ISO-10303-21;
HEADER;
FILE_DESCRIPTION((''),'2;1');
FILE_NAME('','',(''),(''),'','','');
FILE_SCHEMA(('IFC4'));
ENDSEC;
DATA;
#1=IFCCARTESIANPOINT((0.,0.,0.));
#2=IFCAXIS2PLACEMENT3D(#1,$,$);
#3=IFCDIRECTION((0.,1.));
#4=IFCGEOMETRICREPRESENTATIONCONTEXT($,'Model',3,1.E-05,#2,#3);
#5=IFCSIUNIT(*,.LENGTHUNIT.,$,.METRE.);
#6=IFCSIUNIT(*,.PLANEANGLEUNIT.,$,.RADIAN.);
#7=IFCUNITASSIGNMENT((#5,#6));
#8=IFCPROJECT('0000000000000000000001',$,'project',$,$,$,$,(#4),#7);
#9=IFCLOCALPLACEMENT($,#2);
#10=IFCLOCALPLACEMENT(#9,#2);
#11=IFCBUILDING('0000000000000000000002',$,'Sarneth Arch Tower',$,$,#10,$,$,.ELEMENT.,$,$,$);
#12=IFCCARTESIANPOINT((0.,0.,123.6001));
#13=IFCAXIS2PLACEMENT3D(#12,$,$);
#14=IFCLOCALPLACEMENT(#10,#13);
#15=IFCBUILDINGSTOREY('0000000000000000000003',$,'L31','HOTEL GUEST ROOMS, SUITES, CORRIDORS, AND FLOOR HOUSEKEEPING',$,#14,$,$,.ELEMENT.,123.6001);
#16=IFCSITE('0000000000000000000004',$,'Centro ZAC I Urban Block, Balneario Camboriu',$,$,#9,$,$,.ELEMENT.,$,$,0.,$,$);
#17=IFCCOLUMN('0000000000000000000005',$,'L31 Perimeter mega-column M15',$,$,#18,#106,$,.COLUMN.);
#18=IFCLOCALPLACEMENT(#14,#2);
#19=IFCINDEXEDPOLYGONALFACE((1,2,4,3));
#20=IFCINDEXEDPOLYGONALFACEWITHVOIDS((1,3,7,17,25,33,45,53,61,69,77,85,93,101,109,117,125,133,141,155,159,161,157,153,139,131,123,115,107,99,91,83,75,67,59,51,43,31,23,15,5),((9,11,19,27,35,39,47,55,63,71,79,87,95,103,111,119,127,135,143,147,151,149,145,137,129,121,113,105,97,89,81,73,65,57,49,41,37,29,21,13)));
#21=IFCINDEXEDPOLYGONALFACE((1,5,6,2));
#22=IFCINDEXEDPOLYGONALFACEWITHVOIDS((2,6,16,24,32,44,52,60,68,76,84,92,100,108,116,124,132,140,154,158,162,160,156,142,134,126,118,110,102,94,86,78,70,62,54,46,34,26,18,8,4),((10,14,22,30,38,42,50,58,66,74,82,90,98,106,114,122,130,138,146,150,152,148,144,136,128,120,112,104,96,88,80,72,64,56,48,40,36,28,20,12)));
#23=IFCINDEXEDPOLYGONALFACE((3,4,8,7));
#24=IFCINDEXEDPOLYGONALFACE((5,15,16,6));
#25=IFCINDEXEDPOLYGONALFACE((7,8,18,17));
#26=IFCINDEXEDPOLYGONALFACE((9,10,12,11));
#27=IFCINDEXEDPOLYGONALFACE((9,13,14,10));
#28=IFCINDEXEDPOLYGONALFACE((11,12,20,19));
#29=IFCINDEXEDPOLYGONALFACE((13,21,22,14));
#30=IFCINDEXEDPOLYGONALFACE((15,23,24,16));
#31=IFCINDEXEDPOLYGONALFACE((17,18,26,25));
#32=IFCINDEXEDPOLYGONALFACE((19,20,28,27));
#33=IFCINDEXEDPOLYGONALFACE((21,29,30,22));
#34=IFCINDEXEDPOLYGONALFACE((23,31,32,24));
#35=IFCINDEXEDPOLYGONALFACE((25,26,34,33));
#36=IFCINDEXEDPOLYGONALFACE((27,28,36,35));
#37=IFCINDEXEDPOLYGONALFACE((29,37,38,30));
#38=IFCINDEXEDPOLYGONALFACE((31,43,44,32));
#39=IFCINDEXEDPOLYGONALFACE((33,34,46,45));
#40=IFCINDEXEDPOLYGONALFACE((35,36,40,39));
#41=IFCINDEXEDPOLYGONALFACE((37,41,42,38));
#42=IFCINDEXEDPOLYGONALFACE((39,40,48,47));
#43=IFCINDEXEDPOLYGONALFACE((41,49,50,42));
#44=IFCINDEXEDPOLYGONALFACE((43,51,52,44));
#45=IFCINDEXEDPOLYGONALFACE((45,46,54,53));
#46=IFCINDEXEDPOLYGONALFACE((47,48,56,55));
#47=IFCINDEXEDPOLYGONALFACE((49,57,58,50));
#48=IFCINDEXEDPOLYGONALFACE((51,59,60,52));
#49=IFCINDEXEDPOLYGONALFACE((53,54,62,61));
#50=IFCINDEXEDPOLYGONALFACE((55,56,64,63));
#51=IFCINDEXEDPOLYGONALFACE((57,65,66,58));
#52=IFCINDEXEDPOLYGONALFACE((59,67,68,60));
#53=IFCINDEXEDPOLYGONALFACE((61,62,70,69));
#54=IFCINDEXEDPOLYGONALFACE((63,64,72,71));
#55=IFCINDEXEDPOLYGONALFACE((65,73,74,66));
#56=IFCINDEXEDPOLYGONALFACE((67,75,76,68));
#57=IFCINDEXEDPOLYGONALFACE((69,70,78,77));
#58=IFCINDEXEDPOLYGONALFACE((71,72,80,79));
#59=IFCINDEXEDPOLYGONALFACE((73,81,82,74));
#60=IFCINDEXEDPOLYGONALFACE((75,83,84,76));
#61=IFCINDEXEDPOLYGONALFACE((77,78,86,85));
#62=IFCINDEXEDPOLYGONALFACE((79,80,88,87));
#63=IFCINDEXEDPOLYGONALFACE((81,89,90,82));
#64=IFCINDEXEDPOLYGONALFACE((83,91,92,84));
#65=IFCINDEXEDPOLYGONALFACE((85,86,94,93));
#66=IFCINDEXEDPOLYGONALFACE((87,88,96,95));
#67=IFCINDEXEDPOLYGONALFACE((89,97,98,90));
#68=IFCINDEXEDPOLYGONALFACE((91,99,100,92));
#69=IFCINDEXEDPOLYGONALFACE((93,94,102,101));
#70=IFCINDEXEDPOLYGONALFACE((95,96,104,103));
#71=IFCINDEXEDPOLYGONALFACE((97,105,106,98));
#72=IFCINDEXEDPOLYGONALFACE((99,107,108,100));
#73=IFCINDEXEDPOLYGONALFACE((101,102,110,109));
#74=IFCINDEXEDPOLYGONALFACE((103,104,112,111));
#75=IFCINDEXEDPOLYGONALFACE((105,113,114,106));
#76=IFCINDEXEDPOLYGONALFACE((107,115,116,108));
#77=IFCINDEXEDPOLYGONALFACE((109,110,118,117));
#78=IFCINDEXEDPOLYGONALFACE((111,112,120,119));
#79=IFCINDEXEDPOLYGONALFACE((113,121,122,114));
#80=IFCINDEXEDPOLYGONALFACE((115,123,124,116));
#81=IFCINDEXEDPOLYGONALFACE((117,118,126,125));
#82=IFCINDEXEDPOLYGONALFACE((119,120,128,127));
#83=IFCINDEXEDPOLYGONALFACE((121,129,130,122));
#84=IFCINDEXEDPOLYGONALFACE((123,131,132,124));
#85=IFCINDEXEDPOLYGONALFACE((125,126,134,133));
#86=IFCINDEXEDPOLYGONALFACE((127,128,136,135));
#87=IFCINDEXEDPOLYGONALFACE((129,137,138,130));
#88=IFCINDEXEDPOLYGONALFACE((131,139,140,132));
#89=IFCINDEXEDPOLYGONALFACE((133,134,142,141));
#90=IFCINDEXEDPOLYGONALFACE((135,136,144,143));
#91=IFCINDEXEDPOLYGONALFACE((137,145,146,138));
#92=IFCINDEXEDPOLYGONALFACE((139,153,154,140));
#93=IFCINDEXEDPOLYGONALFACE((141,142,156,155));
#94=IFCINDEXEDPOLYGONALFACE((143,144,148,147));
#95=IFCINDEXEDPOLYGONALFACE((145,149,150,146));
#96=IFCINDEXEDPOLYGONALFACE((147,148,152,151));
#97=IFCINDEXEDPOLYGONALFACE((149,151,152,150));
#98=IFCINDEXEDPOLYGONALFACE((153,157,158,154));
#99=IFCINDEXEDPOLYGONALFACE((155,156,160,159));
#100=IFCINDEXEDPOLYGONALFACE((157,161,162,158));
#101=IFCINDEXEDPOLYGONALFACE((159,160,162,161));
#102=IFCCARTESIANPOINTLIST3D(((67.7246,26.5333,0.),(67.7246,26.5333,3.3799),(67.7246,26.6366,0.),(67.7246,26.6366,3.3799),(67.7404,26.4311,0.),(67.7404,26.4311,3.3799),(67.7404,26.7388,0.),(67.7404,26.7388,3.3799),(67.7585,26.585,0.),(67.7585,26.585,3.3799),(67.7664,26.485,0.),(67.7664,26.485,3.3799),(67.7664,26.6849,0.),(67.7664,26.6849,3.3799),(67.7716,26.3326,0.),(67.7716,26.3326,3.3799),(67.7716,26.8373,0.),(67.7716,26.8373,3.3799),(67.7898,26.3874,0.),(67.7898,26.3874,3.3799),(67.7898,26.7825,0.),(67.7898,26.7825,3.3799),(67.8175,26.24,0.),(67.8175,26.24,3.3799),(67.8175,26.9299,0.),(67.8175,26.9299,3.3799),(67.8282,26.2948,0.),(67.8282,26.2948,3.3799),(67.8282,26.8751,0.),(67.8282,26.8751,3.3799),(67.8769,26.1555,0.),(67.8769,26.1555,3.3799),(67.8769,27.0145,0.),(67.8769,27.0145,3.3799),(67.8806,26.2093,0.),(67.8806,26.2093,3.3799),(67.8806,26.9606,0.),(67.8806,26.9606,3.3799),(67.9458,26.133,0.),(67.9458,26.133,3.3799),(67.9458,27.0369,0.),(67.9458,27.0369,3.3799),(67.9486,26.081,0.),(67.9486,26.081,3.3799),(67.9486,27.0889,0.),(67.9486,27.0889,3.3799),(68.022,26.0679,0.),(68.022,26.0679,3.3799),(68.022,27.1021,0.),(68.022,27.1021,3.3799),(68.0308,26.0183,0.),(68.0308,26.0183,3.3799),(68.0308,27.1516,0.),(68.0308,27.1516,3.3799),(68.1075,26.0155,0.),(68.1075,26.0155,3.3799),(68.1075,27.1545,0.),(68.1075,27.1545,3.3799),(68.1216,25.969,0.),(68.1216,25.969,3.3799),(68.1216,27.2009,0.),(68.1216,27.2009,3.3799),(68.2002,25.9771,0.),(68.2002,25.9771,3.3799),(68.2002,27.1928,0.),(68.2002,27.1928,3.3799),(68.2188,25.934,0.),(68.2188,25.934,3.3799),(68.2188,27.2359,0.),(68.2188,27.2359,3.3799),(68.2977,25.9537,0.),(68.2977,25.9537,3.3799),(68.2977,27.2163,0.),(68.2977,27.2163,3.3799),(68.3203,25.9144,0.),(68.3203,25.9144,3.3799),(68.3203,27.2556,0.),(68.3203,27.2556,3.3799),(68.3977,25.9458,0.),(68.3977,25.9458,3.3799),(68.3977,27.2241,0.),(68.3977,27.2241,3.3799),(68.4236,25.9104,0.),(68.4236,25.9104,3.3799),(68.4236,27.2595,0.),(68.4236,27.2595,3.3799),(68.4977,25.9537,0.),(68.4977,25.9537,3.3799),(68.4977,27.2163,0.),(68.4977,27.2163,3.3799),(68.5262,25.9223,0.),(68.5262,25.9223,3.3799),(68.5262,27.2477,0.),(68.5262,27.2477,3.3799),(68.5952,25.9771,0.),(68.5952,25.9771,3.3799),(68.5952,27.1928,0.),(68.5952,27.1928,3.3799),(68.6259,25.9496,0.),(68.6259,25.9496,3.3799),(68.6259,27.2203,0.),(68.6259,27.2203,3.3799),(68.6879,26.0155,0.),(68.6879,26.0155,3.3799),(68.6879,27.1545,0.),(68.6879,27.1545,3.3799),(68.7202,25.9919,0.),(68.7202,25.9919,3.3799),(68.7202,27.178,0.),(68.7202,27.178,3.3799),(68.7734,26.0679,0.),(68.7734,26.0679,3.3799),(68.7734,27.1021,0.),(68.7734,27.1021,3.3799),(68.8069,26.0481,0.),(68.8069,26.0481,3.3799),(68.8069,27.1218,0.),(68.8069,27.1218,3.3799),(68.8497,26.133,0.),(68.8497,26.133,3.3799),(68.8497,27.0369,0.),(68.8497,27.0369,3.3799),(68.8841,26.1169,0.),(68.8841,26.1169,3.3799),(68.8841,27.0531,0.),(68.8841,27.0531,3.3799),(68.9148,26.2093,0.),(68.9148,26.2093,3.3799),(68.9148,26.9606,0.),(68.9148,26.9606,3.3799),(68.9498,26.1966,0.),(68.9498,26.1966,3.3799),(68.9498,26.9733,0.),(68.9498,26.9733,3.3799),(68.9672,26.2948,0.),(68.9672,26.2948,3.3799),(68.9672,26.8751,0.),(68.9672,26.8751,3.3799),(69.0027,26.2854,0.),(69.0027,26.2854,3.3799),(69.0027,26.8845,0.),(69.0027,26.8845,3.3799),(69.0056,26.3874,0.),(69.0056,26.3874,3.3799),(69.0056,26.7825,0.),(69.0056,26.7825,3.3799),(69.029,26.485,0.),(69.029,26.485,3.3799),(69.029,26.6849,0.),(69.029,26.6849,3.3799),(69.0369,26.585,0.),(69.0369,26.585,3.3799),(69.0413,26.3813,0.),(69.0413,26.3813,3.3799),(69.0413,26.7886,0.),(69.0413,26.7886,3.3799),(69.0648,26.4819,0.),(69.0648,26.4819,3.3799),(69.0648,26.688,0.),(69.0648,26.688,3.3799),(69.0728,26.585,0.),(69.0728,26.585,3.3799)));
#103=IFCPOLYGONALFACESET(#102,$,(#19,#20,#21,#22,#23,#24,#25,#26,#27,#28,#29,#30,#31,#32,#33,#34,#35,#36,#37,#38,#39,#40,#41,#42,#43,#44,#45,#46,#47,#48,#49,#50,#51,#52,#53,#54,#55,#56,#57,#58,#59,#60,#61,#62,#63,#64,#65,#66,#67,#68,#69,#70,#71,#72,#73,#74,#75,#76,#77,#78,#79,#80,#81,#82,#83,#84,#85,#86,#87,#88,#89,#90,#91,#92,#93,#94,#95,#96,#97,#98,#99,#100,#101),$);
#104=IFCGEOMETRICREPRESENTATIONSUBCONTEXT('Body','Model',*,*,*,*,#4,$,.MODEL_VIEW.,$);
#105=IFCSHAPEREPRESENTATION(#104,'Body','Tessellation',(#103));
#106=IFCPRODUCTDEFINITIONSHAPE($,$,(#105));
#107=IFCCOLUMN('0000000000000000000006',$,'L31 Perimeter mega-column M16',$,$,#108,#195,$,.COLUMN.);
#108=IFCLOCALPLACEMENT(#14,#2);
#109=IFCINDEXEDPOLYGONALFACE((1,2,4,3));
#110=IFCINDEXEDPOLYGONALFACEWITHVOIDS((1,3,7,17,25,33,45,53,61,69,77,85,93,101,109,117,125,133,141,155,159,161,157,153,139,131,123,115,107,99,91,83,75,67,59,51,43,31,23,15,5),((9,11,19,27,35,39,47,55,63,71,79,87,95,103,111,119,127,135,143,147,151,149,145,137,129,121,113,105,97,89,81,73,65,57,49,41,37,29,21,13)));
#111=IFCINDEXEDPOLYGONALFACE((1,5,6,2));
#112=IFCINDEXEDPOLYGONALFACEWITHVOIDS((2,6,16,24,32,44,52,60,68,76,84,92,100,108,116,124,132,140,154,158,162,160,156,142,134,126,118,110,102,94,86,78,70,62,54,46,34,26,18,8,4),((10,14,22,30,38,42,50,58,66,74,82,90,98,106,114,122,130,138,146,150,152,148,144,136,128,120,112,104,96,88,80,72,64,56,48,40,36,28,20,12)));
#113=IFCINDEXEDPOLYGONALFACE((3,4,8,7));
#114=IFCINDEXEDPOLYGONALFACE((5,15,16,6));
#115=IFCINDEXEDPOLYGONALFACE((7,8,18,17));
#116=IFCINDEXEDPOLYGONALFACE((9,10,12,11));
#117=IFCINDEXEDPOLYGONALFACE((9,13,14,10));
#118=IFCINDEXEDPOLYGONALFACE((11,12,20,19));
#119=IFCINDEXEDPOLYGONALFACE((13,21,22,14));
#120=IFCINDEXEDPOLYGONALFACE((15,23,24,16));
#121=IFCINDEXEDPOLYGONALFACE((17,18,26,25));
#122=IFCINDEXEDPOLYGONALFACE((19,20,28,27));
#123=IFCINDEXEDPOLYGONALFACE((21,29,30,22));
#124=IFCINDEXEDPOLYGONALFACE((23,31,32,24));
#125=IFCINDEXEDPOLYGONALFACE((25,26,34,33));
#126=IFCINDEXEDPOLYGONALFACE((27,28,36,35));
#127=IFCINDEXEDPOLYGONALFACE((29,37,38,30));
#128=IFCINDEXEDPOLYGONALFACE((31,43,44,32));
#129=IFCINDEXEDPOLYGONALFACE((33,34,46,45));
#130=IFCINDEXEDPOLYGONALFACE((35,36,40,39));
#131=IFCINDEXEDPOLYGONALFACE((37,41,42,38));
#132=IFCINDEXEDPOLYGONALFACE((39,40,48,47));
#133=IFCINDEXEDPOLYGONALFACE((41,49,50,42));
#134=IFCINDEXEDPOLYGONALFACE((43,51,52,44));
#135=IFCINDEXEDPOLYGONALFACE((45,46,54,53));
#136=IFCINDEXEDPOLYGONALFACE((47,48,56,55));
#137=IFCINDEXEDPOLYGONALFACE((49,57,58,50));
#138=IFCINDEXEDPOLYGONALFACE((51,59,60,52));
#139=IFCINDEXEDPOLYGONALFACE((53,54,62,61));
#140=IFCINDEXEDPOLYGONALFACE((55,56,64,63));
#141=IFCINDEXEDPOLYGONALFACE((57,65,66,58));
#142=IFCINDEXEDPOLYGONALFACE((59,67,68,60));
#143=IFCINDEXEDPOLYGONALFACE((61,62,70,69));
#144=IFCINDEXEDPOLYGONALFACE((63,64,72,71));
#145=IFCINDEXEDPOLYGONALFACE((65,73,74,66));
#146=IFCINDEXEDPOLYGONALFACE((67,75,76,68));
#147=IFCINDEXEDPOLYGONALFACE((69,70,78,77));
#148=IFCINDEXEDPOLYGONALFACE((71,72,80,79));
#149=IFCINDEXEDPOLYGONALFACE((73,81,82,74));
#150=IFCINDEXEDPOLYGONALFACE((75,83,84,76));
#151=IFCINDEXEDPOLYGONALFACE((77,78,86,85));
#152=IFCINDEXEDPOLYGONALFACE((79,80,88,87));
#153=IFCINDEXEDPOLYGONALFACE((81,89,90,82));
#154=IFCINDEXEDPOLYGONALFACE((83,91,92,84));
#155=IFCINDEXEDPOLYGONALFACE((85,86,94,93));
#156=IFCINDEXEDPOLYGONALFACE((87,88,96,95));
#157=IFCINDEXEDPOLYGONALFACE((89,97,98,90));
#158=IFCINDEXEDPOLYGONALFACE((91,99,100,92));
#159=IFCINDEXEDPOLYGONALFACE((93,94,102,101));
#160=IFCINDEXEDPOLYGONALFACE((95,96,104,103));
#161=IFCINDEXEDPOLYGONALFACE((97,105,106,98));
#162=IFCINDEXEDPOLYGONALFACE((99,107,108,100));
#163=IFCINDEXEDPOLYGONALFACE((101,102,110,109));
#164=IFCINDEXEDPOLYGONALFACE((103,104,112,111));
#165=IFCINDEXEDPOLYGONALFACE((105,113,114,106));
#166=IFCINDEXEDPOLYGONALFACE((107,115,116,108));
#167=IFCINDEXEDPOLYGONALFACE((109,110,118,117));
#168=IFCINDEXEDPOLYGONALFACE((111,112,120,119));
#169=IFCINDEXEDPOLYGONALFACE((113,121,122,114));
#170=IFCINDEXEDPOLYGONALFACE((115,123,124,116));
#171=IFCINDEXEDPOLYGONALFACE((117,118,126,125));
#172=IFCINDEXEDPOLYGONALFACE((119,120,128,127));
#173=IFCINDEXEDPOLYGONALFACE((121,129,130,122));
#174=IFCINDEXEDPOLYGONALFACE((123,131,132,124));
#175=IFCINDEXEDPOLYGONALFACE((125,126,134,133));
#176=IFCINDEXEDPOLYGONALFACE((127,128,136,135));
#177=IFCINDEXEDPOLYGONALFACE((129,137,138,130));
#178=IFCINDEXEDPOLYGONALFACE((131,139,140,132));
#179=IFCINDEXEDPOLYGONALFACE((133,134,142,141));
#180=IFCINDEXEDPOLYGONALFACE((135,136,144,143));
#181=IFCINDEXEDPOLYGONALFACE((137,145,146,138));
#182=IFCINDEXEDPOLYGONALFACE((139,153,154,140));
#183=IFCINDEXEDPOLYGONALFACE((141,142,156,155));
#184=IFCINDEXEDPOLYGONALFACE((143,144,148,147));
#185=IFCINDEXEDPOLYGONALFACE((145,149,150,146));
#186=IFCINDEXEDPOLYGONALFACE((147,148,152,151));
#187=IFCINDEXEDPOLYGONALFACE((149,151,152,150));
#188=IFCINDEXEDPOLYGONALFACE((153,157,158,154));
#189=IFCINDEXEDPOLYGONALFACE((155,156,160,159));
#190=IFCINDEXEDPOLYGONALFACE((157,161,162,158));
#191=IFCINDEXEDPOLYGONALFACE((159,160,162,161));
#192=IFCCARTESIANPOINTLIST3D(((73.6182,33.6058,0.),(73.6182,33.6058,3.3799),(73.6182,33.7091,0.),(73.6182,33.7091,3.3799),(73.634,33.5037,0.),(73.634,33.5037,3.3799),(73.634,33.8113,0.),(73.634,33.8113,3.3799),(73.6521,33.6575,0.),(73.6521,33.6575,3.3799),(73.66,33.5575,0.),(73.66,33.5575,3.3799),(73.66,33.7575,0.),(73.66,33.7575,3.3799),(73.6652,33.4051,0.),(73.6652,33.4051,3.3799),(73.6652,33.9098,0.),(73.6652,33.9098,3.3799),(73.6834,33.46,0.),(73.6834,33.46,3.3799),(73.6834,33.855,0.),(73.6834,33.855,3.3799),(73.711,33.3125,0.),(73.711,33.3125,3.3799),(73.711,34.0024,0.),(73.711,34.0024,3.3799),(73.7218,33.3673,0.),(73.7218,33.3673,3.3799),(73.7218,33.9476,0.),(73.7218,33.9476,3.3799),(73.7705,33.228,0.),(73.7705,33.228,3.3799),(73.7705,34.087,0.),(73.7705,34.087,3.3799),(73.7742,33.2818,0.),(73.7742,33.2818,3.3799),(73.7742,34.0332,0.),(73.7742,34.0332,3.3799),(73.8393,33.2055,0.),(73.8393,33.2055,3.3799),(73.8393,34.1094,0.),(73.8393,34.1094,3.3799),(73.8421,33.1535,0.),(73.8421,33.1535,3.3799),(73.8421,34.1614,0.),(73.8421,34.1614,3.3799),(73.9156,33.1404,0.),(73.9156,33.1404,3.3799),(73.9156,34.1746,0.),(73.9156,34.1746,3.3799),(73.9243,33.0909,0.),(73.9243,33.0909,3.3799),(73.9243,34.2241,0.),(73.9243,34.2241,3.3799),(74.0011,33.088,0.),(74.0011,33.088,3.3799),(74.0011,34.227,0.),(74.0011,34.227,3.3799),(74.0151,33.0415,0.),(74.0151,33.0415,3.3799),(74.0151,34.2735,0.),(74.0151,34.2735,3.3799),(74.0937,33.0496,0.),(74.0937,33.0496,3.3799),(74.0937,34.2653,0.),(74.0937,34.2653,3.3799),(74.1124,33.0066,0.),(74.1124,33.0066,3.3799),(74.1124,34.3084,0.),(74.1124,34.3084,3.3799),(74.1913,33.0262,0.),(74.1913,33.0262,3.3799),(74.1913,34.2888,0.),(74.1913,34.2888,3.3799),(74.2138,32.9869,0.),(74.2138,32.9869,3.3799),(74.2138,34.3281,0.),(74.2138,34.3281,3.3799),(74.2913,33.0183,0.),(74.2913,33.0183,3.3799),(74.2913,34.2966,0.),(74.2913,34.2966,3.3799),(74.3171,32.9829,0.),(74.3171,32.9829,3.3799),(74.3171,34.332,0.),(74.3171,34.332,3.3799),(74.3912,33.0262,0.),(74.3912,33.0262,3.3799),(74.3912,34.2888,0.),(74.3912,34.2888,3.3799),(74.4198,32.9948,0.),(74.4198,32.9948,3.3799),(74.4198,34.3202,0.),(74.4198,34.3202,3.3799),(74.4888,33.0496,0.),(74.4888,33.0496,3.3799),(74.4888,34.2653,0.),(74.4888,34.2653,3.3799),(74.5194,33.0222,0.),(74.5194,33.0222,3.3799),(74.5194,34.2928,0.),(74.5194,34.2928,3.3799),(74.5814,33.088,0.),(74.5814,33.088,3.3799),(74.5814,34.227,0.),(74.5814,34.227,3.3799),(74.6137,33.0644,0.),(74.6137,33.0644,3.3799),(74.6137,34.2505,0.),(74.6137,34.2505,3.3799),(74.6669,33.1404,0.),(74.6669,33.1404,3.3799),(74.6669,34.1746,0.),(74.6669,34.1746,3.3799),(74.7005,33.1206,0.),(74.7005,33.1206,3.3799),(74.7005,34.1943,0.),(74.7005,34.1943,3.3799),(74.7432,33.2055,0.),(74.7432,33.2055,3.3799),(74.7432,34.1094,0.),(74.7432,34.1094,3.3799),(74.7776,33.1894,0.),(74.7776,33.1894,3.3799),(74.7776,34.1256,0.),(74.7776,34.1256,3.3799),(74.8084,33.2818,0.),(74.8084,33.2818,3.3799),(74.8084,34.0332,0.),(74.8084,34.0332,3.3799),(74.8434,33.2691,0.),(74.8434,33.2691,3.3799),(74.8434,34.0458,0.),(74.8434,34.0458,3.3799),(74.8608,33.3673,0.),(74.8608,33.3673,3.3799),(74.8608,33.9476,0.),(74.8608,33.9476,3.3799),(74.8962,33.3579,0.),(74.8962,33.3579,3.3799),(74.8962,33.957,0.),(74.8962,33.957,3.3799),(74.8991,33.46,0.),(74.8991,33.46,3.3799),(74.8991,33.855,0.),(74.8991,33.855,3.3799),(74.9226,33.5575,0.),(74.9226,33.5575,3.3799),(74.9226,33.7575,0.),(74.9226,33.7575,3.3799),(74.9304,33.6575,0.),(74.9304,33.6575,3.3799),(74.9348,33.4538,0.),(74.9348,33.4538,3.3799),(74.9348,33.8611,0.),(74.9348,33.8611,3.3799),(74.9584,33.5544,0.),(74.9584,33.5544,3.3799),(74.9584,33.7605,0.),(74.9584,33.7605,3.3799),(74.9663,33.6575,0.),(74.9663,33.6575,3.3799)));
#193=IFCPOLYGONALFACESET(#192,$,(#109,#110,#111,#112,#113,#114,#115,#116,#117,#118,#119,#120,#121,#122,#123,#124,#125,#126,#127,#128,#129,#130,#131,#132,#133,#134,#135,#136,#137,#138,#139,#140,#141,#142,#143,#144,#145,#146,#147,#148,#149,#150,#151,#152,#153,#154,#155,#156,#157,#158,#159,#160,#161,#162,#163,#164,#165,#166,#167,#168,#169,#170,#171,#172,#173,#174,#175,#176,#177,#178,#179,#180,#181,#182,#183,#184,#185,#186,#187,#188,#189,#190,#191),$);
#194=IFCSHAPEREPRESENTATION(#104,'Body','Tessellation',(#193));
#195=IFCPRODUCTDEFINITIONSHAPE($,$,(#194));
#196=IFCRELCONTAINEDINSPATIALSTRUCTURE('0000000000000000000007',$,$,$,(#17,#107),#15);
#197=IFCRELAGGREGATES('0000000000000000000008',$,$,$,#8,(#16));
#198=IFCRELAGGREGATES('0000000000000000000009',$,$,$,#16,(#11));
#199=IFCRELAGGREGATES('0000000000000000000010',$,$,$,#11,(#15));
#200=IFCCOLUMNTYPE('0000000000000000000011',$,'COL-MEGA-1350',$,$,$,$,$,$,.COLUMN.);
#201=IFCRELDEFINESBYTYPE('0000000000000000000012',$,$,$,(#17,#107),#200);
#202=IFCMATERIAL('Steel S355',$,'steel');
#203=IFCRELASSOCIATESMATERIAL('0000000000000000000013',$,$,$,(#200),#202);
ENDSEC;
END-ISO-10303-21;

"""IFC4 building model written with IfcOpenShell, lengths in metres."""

from ifc_helpers import new_model, si_unit, direction, frame, origin, origin_2d, place, context, subcontext, project, spatial, hollow_circle, extrude, material, material_profile, profile_set, type_object, element, save


model = new_model("IFC4")

# Units and contexts
model_context = context("Model", 3, precision=1e-05, world=origin(), true_north=direction((0.0, 1.0)))
body_context = subcontext(model_context, "Body", "Model", "MODEL_VIEW")
ifc_project = project(units=[si_unit("LENGTHUNIT", "METRE"), si_unit("PLANEANGLEUNIT", "RADIAN")], contexts=[model_context])

# Site, building, storey
site_placement = place(None, origin())
site = spatial("IfcSite", under=ifc_project, at=site_placement, Name="Centro ZAC I Urban Block, Balneario Camboriu", CompositionType="ELEMENT", RefElevation=0.0)
building_placement = place(site_placement, origin())
building = spatial("IfcBuilding", under=site, at=building_placement, Name="Sarneth Arch Tower", CompositionType="ELEMENT")
storey_placement = place(building_placement, frame((0.0, 0.0, 123.6001)))
storey = spatial("IfcBuildingStorey", under=building, at=storey_placement, Name="L31", Description="HOTEL GUEST ROOMS, SUITES, CORRIDORS, AND FLOOR HOUSEKEEPING", CompositionType="ELEMENT", Elevation=123.6001)

# Columns
ifc_material_1 = material(Name="Steel S355", Category="steel")
ifc_material_profile_1 = material_profile(ifc_material_1, hollow_circle(Radius=0.675, WallThickness=0.0359, at=origin_2d()), Name="CHS1350x36")
ifc_profile_set_1 = profile_set([ifc_material_profile_1], Name="Steel S355")
column_type = type_object("IfcColumnType", Name="COL-MEGA-1350", PredefinedType="COLUMN", material=ifc_profile_set_1)
for number, where, z_axis, x_axis, name in (
    (1, (68.3977, 26.585, 0.0), (0.0, 0.0, 1.0), (1.0, 0.0, 0.0), "L31 Perimeter mega-column M15"),
    (2, (74.2913, 33.6575, 0.0), (0.0, 0.0, 1.0), (1.0, 0.0, 0.0), "L31 Perimeter mega-column M16"),
):
    element("IfcColumn", number, at=place(storey_placement, frame(where, z_axis=z_axis, x_axis=x_axis)), inside=storey, type_object=column_type, Name=name, PredefinedType="COLUMN", context=body_context, shape_type="SweptSolid", body=[
        extrude(hollow_circle(Radius=0.675, WallThickness=0.0359, at=origin_2d()), origin(), (0.0, 0.0, 1.0), 3.3799),
    ])

save(model, "model.ifc")
